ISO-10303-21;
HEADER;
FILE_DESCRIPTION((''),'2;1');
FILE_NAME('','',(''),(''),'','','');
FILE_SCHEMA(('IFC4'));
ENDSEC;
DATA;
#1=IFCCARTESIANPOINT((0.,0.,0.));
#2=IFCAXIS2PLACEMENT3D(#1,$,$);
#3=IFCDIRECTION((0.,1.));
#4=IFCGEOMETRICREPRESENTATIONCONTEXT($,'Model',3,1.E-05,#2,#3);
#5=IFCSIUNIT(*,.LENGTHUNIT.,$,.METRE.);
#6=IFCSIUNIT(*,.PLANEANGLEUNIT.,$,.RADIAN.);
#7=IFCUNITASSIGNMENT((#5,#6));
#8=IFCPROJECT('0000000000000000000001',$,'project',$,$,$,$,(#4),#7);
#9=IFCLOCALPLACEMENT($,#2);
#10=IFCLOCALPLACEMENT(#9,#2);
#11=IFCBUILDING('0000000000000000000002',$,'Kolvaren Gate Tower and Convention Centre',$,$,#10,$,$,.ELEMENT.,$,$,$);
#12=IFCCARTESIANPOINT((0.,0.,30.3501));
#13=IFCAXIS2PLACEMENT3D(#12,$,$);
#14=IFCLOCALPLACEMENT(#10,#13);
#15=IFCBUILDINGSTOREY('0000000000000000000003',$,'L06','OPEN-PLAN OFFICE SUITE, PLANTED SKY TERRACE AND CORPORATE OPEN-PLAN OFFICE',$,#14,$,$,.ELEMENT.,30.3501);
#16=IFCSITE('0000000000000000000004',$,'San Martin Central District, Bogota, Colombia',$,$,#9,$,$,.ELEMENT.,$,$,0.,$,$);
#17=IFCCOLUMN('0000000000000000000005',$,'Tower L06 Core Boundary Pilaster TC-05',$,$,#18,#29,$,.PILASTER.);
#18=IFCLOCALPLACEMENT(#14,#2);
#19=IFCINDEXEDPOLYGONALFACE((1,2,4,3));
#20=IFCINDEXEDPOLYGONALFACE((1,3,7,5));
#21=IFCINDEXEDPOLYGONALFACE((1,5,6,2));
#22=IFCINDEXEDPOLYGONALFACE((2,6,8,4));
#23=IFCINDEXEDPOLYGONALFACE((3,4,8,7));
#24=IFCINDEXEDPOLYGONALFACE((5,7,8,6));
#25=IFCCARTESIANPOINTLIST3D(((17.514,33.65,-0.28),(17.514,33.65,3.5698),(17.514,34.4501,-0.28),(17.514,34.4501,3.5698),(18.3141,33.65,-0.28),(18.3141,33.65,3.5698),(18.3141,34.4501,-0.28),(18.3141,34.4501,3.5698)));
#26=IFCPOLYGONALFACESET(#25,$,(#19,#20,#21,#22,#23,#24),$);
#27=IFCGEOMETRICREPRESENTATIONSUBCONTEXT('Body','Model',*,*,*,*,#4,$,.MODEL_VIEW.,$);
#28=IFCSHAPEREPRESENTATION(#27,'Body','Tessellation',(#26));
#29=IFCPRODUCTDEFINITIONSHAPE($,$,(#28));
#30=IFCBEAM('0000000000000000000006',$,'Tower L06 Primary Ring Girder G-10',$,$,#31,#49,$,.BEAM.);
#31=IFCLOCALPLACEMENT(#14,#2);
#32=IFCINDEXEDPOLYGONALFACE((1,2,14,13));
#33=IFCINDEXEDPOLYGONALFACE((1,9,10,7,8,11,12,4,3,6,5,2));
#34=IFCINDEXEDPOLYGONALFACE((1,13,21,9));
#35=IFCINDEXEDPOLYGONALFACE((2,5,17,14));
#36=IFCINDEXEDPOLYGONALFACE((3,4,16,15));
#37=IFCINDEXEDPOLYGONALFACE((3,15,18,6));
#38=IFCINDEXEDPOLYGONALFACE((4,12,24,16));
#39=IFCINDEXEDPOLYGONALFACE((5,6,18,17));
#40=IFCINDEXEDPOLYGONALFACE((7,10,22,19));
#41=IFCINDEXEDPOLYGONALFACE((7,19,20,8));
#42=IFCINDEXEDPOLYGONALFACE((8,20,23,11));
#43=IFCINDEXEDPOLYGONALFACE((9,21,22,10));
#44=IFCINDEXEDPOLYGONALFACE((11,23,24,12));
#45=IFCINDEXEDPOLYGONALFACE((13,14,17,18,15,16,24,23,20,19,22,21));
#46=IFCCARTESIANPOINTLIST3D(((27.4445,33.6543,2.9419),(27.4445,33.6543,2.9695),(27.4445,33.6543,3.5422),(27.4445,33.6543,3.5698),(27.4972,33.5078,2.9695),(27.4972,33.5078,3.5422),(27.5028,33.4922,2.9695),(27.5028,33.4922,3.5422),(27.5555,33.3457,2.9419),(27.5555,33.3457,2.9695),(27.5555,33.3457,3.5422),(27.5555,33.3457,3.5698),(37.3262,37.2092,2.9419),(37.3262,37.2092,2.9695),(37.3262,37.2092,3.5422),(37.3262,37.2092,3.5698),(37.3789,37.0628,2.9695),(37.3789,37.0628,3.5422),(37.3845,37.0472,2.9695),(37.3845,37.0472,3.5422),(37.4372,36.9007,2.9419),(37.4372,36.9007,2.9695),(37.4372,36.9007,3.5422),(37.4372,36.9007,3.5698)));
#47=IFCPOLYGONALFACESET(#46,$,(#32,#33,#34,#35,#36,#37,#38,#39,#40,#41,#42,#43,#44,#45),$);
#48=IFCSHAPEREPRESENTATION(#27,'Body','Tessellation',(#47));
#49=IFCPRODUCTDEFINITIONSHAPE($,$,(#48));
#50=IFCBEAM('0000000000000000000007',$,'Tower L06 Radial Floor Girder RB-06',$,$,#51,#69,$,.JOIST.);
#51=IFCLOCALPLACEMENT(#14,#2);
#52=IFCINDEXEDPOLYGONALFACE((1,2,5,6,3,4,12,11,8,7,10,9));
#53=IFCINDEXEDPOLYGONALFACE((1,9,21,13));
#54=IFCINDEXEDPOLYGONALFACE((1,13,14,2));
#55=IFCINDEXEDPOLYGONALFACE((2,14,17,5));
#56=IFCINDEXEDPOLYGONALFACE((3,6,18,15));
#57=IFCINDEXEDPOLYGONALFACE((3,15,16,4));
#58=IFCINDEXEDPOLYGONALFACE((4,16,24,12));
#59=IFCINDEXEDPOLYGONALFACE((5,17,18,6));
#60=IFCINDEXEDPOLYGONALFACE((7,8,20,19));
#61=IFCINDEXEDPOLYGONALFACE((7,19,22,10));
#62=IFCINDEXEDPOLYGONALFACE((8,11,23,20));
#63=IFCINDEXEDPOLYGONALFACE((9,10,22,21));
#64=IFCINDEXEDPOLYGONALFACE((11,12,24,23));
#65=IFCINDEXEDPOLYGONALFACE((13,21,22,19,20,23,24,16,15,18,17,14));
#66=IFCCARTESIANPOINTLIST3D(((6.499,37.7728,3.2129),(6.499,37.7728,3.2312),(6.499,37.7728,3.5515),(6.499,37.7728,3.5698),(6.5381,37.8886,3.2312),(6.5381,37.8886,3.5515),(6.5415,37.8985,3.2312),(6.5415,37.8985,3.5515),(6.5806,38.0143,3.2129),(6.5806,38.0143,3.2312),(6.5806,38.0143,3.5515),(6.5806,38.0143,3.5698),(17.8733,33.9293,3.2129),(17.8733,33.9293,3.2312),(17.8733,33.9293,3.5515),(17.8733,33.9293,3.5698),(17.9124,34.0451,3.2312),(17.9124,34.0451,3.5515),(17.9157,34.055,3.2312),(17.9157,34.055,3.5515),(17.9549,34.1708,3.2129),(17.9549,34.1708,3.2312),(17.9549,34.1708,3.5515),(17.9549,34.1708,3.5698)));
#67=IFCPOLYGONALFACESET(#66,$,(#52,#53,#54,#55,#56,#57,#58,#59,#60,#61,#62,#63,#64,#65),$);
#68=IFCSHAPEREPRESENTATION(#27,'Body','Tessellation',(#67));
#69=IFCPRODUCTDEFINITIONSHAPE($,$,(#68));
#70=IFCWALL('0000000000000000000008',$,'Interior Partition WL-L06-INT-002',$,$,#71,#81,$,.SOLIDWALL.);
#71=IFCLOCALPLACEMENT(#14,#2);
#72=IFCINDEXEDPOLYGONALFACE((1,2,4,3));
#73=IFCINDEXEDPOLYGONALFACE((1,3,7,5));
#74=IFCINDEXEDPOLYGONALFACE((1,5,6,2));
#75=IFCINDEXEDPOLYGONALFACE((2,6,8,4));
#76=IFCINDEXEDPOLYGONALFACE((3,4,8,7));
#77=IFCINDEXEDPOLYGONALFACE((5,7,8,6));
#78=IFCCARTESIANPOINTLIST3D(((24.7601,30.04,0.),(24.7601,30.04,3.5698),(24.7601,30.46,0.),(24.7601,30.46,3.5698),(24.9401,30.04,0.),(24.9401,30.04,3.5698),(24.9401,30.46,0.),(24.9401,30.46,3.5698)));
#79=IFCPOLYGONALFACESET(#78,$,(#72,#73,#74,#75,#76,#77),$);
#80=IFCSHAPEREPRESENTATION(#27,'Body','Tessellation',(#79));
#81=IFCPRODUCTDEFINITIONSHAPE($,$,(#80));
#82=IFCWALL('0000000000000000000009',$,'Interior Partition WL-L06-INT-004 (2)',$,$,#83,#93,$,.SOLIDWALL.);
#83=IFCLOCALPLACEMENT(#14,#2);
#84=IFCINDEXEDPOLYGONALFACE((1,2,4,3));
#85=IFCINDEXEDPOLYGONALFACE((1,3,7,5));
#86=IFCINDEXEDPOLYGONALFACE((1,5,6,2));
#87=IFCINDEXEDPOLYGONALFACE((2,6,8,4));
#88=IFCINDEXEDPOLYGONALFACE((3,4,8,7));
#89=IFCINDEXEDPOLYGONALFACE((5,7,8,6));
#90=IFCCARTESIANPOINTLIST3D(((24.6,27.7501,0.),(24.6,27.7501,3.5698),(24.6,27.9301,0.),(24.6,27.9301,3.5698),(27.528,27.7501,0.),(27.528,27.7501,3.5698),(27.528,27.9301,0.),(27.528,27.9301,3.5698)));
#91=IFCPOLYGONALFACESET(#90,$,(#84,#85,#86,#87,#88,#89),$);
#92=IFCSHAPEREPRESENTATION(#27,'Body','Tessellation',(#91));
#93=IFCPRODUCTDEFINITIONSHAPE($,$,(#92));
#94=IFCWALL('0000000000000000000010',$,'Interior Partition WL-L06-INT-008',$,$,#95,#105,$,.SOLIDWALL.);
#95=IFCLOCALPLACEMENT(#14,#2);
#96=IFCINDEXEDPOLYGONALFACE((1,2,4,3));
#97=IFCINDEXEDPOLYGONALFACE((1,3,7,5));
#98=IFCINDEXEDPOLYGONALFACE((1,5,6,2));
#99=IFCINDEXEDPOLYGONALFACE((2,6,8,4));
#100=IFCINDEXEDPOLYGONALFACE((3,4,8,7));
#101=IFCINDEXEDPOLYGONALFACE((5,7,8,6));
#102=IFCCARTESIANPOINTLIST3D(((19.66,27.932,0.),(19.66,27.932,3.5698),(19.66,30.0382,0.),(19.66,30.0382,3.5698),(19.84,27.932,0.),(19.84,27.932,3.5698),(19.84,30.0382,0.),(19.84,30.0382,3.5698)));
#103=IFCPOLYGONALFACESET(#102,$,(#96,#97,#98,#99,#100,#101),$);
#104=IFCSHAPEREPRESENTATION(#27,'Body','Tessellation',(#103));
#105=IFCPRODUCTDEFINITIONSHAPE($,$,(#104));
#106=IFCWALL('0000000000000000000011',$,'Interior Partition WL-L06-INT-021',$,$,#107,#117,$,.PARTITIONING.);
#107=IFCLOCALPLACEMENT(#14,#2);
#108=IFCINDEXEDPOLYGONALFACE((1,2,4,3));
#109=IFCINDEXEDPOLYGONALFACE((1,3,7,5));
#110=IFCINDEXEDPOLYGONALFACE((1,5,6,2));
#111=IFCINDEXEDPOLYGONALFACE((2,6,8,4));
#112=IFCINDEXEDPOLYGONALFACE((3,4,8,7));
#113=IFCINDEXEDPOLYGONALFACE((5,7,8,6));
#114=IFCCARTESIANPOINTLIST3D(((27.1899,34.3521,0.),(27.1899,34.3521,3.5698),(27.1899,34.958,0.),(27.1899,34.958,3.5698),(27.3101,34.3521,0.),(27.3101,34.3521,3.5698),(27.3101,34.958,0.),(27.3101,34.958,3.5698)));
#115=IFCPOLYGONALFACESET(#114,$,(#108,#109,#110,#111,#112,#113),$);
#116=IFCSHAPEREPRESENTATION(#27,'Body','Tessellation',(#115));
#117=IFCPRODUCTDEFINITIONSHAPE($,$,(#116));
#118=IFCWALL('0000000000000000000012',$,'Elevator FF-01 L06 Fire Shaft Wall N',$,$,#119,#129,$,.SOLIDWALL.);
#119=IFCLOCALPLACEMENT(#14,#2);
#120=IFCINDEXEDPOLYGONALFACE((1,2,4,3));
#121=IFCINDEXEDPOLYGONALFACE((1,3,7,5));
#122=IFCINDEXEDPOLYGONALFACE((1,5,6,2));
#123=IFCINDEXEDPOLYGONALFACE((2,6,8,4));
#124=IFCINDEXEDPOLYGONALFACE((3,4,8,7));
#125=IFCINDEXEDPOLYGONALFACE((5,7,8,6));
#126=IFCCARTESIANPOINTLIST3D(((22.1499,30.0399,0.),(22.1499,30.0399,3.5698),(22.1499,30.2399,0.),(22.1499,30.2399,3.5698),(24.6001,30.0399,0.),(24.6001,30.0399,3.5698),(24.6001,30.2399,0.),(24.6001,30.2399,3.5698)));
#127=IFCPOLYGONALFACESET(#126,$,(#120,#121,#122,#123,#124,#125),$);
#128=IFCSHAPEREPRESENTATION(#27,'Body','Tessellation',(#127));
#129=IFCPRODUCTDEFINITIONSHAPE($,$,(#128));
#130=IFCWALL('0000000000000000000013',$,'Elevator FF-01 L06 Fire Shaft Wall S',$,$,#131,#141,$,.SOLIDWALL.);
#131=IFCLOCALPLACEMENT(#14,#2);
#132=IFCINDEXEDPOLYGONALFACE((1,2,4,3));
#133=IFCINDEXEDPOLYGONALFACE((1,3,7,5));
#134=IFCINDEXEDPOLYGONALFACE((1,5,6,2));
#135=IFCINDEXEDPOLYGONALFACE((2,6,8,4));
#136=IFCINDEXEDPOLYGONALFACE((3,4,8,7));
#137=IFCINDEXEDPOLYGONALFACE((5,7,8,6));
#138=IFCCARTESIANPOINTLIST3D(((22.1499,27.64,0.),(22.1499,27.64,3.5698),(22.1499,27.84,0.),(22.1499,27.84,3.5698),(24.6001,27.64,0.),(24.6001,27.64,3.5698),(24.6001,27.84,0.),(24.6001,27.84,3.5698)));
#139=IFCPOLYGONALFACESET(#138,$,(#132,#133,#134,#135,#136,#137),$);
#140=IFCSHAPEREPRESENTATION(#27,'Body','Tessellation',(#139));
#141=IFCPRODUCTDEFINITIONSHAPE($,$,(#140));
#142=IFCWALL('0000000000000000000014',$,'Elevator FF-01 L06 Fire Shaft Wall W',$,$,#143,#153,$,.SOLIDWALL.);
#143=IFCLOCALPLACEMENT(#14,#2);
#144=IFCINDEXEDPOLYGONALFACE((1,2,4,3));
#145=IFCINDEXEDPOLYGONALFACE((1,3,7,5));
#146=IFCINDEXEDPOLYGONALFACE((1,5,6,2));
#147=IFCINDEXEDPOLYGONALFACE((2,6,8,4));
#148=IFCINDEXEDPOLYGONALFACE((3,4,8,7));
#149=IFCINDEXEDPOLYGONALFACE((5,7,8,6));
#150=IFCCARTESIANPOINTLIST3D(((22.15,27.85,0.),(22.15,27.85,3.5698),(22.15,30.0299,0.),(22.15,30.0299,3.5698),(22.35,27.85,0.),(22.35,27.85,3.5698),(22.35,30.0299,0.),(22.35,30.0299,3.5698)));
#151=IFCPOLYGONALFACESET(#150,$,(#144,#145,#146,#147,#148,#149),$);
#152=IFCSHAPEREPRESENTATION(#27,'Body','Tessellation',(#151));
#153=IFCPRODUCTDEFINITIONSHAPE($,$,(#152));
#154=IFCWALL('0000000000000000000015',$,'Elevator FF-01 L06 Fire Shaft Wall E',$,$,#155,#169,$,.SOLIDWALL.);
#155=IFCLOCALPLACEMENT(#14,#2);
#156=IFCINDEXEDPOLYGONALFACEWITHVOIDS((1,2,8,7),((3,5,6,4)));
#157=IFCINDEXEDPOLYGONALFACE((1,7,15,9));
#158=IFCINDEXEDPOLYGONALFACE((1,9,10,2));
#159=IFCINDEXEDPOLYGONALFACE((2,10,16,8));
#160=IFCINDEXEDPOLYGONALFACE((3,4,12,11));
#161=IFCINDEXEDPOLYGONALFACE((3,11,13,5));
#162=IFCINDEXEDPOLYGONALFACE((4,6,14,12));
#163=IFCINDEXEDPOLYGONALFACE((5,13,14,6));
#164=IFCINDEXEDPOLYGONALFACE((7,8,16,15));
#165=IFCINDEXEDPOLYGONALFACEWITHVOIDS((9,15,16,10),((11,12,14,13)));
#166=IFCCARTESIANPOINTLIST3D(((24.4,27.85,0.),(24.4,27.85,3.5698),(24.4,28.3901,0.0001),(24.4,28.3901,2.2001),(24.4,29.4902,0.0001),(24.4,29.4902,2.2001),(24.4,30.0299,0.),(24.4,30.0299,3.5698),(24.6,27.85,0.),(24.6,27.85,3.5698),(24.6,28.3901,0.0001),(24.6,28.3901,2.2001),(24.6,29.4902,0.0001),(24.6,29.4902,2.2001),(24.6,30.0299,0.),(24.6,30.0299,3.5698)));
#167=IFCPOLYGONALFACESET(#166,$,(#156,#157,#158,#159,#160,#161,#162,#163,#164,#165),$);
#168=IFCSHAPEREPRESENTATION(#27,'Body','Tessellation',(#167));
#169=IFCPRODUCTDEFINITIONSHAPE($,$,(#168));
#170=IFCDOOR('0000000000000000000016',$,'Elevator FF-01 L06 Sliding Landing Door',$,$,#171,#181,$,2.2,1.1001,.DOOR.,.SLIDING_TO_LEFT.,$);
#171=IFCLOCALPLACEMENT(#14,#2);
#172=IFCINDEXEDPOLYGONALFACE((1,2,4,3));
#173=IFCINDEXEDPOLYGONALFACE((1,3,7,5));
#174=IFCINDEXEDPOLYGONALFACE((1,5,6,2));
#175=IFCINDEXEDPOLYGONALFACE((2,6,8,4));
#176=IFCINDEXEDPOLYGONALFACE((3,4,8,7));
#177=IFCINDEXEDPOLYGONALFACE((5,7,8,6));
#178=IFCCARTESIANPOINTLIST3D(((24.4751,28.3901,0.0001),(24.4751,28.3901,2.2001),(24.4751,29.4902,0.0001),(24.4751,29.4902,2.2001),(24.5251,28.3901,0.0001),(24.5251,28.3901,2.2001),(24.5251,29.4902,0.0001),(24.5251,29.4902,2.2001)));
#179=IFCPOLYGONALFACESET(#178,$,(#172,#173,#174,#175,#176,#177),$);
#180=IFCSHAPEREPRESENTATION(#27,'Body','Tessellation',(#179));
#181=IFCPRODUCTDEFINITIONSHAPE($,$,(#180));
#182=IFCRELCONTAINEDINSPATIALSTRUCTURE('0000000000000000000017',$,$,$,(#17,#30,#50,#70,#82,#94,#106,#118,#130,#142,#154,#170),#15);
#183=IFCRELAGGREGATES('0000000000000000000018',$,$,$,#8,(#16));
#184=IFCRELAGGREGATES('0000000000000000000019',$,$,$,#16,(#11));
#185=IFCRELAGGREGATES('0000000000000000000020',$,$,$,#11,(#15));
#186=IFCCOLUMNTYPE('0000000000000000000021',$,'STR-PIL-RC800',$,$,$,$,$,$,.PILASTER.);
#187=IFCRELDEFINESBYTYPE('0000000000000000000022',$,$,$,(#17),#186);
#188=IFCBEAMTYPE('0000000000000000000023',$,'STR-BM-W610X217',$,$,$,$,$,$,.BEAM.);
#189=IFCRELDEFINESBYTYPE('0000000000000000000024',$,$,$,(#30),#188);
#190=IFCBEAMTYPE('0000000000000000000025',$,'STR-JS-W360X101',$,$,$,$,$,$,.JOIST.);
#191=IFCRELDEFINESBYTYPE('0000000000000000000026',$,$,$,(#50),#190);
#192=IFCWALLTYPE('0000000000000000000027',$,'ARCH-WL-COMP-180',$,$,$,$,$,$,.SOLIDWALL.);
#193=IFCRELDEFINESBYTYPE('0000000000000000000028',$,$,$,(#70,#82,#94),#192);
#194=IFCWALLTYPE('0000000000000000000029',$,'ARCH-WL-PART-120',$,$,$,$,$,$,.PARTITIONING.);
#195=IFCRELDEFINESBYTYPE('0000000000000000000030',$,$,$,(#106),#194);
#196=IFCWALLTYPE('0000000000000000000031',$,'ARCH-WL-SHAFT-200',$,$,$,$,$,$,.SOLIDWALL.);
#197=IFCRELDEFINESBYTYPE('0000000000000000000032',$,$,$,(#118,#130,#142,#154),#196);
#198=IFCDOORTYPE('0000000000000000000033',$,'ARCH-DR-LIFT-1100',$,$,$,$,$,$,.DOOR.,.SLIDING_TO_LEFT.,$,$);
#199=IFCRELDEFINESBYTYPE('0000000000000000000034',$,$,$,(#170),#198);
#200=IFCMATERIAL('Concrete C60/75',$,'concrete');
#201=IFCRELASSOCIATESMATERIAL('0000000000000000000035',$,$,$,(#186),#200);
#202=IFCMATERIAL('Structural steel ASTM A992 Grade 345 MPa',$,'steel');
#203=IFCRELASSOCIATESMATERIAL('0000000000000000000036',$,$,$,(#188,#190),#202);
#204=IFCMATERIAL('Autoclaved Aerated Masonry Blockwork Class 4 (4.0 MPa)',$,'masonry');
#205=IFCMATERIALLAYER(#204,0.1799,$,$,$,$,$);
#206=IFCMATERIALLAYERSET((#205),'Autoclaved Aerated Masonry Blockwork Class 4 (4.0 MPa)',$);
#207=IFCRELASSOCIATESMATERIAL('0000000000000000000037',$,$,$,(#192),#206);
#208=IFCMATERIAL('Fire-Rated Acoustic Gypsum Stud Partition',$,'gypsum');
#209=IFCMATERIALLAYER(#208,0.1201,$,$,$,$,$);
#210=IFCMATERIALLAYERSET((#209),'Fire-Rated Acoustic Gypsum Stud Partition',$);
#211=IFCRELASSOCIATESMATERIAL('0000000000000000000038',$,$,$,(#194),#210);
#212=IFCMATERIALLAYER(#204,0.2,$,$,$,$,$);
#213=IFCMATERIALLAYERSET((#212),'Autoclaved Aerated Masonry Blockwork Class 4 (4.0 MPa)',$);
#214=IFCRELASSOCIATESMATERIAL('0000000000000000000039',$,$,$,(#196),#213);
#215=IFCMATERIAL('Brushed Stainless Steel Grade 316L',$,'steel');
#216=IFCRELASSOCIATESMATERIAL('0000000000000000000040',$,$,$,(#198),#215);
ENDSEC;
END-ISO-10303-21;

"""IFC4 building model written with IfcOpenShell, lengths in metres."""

from ifc_helpers import new_model, si_unit, direction, frame, frame_2d, origin, origin_2d, place, context, subcontext, project, spatial, rectangle, i_section, extrude, material, layer, layer_set, material_profile, profile_set, type_object, element, fill, save


model = new_model("IFC4")

# Units and contexts
model_context = context("Model", 3, precision=1e-05, world=origin(), true_north=direction((0.0, 1.0)))
body_context = subcontext(model_context, "Body", "Model", "MODEL_VIEW")
ifc_project = project(units=[si_unit("LENGTHUNIT", "METRE"), si_unit("PLANEANGLEUNIT", "RADIAN")], contexts=[model_context])

# Site, building, storey
site_placement = place(None, origin())
site = spatial("IfcSite", under=ifc_project, at=site_placement, Name="San Martin Central District, Bogota, Colombia", CompositionType="ELEMENT", RefElevation=0.0)
building_placement = place(site_placement, origin())
building = spatial("IfcBuilding", under=site, at=building_placement, Name="Kolvaren Gate Tower and Convention Centre", CompositionType="ELEMENT")
storey_placement = place(building_placement, frame((0.0, 0.0, 30.3501)))
storey = spatial("IfcBuildingStorey", under=building, at=storey_placement, Name="L06", Description="OPEN-PLAN OFFICE SUITE, PLANTED SKY TERRACE AND CORPORATE OPEN-PLAN OFFICE", CompositionType="ELEMENT", Elevation=30.3501)

# Column
ifc_material_1 = material(Name="Concrete C60/75", Category="concrete")
ifc_material_profile_1 = material_profile(ifc_material_1, rectangle(XDim=0.8, YDim=0.8, at=origin_2d()), Name="RC-COL-800X800")
ifc_profile_set_1 = profile_set([ifc_material_profile_1], Name="Concrete C60/75")
column_type = type_object("IfcColumnType", Name="STR-PIL-RC800", PredefinedType="PILASTER", material=ifc_profile_set_1)
column_placement = place(storey_placement, frame((17.9141, 34.05, -0.28), z_axis=(0.0, 0.0, 1.0), x_axis=(1.0, 0.0, 0.0)))
element("IfcColumn", 1, at=column_placement, inside=storey, type_object=column_type, Name="Tower L06 Core Boundary Pilaster TC-05", PredefinedType="PILASTER", context=body_context, shape_type="SweptSolid", body=[
    extrude(rectangle(XDim=0.8, YDim=0.8, at=origin_2d()), origin(), (0.0, 0.0, 1.0), 3.8499),
])

# Beams
ifc_material_2 = material(Name="Structural steel ASTM A992 Grade 345 MPa", Category="steel")
ifc_material_profile_2 = material_profile(ifc_material_2, i_section(OverallWidth=0.3279, OverallDepth=0.6279, WebThickness=0.0166, FlangeThickness=0.0276, at=origin_2d()), Name="W610X217")
ifc_profile_set_2 = profile_set([ifc_material_profile_2], Name="Structural steel ASTM A992 Grade 345 MPa")
beam_type_1 = type_object("IfcBeamType", Name="STR-BM-W610X217", PredefinedType="BEAM", material=ifc_profile_set_2)
beam_1_placement = place(storey_placement, frame((27.5, 33.5, 3.2559), z_axis=(0.940961, 0.338514, 0.0), x_axis=(-0.338514, 0.940961, 0.0)))
element("IfcBeam", 2, at=beam_1_placement, inside=storey, type_object=beam_type_1, Name="Tower L06 Primary Ring Girder G-10", PredefinedType="BEAM", context=body_context, shape_type="SweptSolid", body=[
    extrude(i_section(OverallWidth=0.3279, OverallDepth=0.6279, WebThickness=0.0166, FlangeThickness=0.0276, at=origin_2d()), origin(), (0.0, 0.0, 1.0), 10.5017),
])
ifc_material_profile_3 = material_profile(ifc_material_2, i_section(OverallWidth=0.2549, OverallDepth=0.3569, WebThickness=0.0105, FlangeThickness=0.0183, at=origin_2d()), Name="W360X101")
ifc_profile_set_3 = profile_set([ifc_material_profile_3], Name="Structural steel ASTM A992 Grade 345 MPa")
beam_type_2 = type_object("IfcBeamType", Name="STR-JS-W360X101", PredefinedType="JOIST", material=ifc_profile_set_3)
beam_2_placement = place(storey_placement, frame((17.9141, 34.05, 3.3914), z_axis=(-0.947374, 0.320129, 0.0), x_axis=(-0.320129, -0.947374, 0.0)))
element("IfcBeam", 3, at=beam_2_placement, inside=storey, type_object=beam_type_2, Name="Tower L06 Radial Floor Girder RB-06", PredefinedType="JOIST", context=body_context, shape_type="SweptSolid", body=[
    extrude(i_section(OverallWidth=0.2549, OverallDepth=0.3569, WebThickness=0.0105, FlangeThickness=0.0183, at=origin_2d()), origin(), (0.0, 0.0, 1.0), 12.0061),
])

# Walls
ifc_material_3 = material(Name="Autoclaved Aerated Masonry Blockwork Class 4 (4.0 MPa)", Category="masonry")
ifc_layer_1 = layer(ifc_material_3, 0.1799)
ifc_layer_set_1 = layer_set([ifc_layer_1], Name="Autoclaved Aerated Masonry Blockwork Class 4 (4.0 MPa)")
wall_type_1 = type_object("IfcWallType", Name="ARCH-WL-COMP-180", PredefinedType="SOLIDWALL", material=ifc_layer_set_1)
wall_1_placement = place(storey_placement, frame((24.8501, 30.04, 0.0), z_axis=(0.0, 0.0, 1.0), x_axis=(0.0, 1.0, 0.0)))
element("IfcWall", 4, at=wall_1_placement, inside=storey, type_object=wall_type_1, Name="Interior Partition WL-L06-INT-002", PredefinedType="SOLIDWALL", context=body_context, shape_type="SweptSolid", body=[
    extrude(rectangle(XDim=0.4199, YDim=0.1799, at=frame_2d((0.21, 0.0))), origin(), (0.0, 0.0, 1.0), 3.5698),
])
wall_2_placement = place(storey_placement, frame((24.6001, 27.8401, 0.0), z_axis=(0.0, 0.0, 1.0), x_axis=(1.0, 0.0, 0.0)))
element("IfcWall", 5, at=wall_2_placement, inside=storey, type_object=wall_type_1, Name="Interior Partition WL-L06-INT-004 (2)", PredefinedType="SOLIDWALL", context=body_context, shape_type="SweptSolid", body=[
    extrude(rectangle(XDim=2.928, YDim=0.1799, at=frame_2d((1.4639, 0.0))), origin(), (0.0, 0.0, 1.0), 3.5698),
])
wall_3_placement = place(storey_placement, frame((19.75, 27.9319, 0.0), z_axis=(0.0, 0.0, 1.0), x_axis=(0.0, 1.0, 0.0)))
element("IfcWall", 6, at=wall_3_placement, inside=storey, type_object=wall_type_1, Name="Interior Partition WL-L06-INT-008", PredefinedType="SOLIDWALL", context=body_context, shape_type="SweptSolid", body=[
    extrude(rectangle(XDim=2.1062, YDim=0.1799, at=frame_2d((1.0532, 0.0))), origin(), (0.0, 0.0, 1.0), 3.5698),
])
ifc_material_4 = material(Name="Fire-Rated Acoustic Gypsum Stud Partition", Category="gypsum")
ifc_layer_2 = layer(ifc_material_4, 0.1201)
ifc_layer_set_2 = layer_set([ifc_layer_2], Name="Fire-Rated Acoustic Gypsum Stud Partition")
wall_type_2 = type_object("IfcWallType", Name="ARCH-WL-PART-120", PredefinedType="PARTITIONING", material=ifc_layer_set_2)
wall_4_placement = place(storey_placement, frame((27.25, 34.3521, 0.0), z_axis=(0.0, 0.0, 1.0), x_axis=(0.0, 1.0, 0.0)))
element("IfcWall", 7, at=wall_4_placement, inside=storey, type_object=wall_type_2, Name="Interior Partition WL-L06-INT-021", PredefinedType="PARTITIONING", context=body_context, shape_type="SweptSolid", body=[
    extrude(rectangle(XDim=0.606, YDim=0.1201, at=frame_2d((0.303, 0.0))), origin(), (0.0, 0.0, 1.0), 3.5698),
])
ifc_layer_3 = layer(ifc_material_3, 0.2)
ifc_layer_set_3 = layer_set([ifc_layer_3], Name="Autoclaved Aerated Masonry Blockwork Class 4 (4.0 MPa)")
wall_type_3 = type_object("IfcWallType", Name="ARCH-WL-SHAFT-200", PredefinedType="SOLIDWALL", material=ifc_layer_set_3)
for number, where, z_axis, x_axis, name in (
    (8, (22.1499, 30.1399, 0.0), (0.0, 0.0, 1.0), (1.0, 0.0, 0.0), "Elevator FF-01 L06 Fire Shaft Wall N"),
    (9, (22.1499, 27.74, 0.0), (0.0, 0.0, 1.0), (1.0, 0.0, 0.0), "Elevator FF-01 L06 Fire Shaft Wall S"),
):
    element("IfcWall", number, at=place(storey_placement, frame(where, z_axis=z_axis, x_axis=x_axis)), inside=storey, type_object=wall_type_3, Name=name, PredefinedType="SOLIDWALL", context=body_context, shape_type="SweptSolid", body=[
        extrude(rectangle(XDim=2.4502, YDim=0.2, at=frame_2d((1.2251, 0.0))), origin(), (0.0, 0.0, 1.0), 3.5698),
    ])
wall_5_placement = place(storey_placement, frame((22.25, 27.8501, 0.0), z_axis=(0.0, 0.0, 1.0), x_axis=(0.0, 1.0, 0.0)))
element("IfcWall", 10, at=wall_5_placement, inside=storey, type_object=wall_type_3, Name="Elevator FF-01 L06 Fire Shaft Wall W", PredefinedType="SOLIDWALL", context=body_context, shape_type="SweptSolid", body=[
    extrude(rectangle(XDim=2.1799, YDim=0.2, at=frame_2d((1.0898, 0.0))), origin(), (0.0, 0.0, 1.0), 3.5698),
])

# Wall, opening, door
wall_6_placement = place(storey_placement, frame((24.5, 27.8501, 0.0), z_axis=(0.0, 0.0, 1.0), x_axis=(0.0, 1.0, 0.0)))
wall_6 = element("IfcWall", 11, at=wall_6_placement, inside=storey, type_object=wall_type_3, Name="Elevator FF-01 L06 Fire Shaft Wall E", PredefinedType="SOLIDWALL", context=body_context, shape_type="SweptSolid", body=[
    extrude(rectangle(XDim=2.1799, YDim=0.2, at=frame_2d((1.0898, 0.0))), origin(), (0.0, 0.0, 1.0), 3.5698),
])
opening_1_placement = place(wall_6_placement, frame((0.54, 0.0, 0.0)))
opening_1 = element("IfcOpeningElement", 12, at=opening_1_placement, cuts=wall_6, PredefinedType="OPENING", context=body_context, shape_type="SweptSolid", body=[
    extrude(rectangle(XDim=1.1001, YDim=2.2, at=frame_2d((0.55, 1.1001))), frame((0.0, 0.1099, 0.0), z_axis=(0.0, -1.0, 0.0), x_axis=(1.0, 0.0, 0.0)), (0.0, 0.0, 1.0), 0.22),
])
ifc_material_5 = material(Name="Brushed Stainless Steel Grade 316L", Category="steel")
door_type_1 = type_object("IfcDoorType", Name="ARCH-DR-LIFT-1100", OperationType="SLIDING_TO_LEFT", PredefinedType="DOOR", material=ifc_material_5)
door_1_placement = place(opening_1_placement, origin())
door_1 = element("IfcDoor", 13, at=door_1_placement, inside=storey, type_object=door_type_1, Name="Elevator FF-01 L06 Sliding Landing Door", OperationType="SLIDING_TO_LEFT", OverallHeight=2.2, OverallWidth=1.1001, PredefinedType="DOOR", context=body_context, shape_type="SweptSolid", body=[
    extrude(rectangle(XDim=1.1001, YDim=2.2, at=frame_2d((0.55, 1.1001))), frame((0.0, 0.0249, 0.0), z_axis=(0.0, -1.0, 0.0), x_axis=(1.0, 0.0, 0.0)), (0.0, 0.0, 1.0), 0.05),
])
fill(opening_1, door_1)

save(model, "model.ifc")
